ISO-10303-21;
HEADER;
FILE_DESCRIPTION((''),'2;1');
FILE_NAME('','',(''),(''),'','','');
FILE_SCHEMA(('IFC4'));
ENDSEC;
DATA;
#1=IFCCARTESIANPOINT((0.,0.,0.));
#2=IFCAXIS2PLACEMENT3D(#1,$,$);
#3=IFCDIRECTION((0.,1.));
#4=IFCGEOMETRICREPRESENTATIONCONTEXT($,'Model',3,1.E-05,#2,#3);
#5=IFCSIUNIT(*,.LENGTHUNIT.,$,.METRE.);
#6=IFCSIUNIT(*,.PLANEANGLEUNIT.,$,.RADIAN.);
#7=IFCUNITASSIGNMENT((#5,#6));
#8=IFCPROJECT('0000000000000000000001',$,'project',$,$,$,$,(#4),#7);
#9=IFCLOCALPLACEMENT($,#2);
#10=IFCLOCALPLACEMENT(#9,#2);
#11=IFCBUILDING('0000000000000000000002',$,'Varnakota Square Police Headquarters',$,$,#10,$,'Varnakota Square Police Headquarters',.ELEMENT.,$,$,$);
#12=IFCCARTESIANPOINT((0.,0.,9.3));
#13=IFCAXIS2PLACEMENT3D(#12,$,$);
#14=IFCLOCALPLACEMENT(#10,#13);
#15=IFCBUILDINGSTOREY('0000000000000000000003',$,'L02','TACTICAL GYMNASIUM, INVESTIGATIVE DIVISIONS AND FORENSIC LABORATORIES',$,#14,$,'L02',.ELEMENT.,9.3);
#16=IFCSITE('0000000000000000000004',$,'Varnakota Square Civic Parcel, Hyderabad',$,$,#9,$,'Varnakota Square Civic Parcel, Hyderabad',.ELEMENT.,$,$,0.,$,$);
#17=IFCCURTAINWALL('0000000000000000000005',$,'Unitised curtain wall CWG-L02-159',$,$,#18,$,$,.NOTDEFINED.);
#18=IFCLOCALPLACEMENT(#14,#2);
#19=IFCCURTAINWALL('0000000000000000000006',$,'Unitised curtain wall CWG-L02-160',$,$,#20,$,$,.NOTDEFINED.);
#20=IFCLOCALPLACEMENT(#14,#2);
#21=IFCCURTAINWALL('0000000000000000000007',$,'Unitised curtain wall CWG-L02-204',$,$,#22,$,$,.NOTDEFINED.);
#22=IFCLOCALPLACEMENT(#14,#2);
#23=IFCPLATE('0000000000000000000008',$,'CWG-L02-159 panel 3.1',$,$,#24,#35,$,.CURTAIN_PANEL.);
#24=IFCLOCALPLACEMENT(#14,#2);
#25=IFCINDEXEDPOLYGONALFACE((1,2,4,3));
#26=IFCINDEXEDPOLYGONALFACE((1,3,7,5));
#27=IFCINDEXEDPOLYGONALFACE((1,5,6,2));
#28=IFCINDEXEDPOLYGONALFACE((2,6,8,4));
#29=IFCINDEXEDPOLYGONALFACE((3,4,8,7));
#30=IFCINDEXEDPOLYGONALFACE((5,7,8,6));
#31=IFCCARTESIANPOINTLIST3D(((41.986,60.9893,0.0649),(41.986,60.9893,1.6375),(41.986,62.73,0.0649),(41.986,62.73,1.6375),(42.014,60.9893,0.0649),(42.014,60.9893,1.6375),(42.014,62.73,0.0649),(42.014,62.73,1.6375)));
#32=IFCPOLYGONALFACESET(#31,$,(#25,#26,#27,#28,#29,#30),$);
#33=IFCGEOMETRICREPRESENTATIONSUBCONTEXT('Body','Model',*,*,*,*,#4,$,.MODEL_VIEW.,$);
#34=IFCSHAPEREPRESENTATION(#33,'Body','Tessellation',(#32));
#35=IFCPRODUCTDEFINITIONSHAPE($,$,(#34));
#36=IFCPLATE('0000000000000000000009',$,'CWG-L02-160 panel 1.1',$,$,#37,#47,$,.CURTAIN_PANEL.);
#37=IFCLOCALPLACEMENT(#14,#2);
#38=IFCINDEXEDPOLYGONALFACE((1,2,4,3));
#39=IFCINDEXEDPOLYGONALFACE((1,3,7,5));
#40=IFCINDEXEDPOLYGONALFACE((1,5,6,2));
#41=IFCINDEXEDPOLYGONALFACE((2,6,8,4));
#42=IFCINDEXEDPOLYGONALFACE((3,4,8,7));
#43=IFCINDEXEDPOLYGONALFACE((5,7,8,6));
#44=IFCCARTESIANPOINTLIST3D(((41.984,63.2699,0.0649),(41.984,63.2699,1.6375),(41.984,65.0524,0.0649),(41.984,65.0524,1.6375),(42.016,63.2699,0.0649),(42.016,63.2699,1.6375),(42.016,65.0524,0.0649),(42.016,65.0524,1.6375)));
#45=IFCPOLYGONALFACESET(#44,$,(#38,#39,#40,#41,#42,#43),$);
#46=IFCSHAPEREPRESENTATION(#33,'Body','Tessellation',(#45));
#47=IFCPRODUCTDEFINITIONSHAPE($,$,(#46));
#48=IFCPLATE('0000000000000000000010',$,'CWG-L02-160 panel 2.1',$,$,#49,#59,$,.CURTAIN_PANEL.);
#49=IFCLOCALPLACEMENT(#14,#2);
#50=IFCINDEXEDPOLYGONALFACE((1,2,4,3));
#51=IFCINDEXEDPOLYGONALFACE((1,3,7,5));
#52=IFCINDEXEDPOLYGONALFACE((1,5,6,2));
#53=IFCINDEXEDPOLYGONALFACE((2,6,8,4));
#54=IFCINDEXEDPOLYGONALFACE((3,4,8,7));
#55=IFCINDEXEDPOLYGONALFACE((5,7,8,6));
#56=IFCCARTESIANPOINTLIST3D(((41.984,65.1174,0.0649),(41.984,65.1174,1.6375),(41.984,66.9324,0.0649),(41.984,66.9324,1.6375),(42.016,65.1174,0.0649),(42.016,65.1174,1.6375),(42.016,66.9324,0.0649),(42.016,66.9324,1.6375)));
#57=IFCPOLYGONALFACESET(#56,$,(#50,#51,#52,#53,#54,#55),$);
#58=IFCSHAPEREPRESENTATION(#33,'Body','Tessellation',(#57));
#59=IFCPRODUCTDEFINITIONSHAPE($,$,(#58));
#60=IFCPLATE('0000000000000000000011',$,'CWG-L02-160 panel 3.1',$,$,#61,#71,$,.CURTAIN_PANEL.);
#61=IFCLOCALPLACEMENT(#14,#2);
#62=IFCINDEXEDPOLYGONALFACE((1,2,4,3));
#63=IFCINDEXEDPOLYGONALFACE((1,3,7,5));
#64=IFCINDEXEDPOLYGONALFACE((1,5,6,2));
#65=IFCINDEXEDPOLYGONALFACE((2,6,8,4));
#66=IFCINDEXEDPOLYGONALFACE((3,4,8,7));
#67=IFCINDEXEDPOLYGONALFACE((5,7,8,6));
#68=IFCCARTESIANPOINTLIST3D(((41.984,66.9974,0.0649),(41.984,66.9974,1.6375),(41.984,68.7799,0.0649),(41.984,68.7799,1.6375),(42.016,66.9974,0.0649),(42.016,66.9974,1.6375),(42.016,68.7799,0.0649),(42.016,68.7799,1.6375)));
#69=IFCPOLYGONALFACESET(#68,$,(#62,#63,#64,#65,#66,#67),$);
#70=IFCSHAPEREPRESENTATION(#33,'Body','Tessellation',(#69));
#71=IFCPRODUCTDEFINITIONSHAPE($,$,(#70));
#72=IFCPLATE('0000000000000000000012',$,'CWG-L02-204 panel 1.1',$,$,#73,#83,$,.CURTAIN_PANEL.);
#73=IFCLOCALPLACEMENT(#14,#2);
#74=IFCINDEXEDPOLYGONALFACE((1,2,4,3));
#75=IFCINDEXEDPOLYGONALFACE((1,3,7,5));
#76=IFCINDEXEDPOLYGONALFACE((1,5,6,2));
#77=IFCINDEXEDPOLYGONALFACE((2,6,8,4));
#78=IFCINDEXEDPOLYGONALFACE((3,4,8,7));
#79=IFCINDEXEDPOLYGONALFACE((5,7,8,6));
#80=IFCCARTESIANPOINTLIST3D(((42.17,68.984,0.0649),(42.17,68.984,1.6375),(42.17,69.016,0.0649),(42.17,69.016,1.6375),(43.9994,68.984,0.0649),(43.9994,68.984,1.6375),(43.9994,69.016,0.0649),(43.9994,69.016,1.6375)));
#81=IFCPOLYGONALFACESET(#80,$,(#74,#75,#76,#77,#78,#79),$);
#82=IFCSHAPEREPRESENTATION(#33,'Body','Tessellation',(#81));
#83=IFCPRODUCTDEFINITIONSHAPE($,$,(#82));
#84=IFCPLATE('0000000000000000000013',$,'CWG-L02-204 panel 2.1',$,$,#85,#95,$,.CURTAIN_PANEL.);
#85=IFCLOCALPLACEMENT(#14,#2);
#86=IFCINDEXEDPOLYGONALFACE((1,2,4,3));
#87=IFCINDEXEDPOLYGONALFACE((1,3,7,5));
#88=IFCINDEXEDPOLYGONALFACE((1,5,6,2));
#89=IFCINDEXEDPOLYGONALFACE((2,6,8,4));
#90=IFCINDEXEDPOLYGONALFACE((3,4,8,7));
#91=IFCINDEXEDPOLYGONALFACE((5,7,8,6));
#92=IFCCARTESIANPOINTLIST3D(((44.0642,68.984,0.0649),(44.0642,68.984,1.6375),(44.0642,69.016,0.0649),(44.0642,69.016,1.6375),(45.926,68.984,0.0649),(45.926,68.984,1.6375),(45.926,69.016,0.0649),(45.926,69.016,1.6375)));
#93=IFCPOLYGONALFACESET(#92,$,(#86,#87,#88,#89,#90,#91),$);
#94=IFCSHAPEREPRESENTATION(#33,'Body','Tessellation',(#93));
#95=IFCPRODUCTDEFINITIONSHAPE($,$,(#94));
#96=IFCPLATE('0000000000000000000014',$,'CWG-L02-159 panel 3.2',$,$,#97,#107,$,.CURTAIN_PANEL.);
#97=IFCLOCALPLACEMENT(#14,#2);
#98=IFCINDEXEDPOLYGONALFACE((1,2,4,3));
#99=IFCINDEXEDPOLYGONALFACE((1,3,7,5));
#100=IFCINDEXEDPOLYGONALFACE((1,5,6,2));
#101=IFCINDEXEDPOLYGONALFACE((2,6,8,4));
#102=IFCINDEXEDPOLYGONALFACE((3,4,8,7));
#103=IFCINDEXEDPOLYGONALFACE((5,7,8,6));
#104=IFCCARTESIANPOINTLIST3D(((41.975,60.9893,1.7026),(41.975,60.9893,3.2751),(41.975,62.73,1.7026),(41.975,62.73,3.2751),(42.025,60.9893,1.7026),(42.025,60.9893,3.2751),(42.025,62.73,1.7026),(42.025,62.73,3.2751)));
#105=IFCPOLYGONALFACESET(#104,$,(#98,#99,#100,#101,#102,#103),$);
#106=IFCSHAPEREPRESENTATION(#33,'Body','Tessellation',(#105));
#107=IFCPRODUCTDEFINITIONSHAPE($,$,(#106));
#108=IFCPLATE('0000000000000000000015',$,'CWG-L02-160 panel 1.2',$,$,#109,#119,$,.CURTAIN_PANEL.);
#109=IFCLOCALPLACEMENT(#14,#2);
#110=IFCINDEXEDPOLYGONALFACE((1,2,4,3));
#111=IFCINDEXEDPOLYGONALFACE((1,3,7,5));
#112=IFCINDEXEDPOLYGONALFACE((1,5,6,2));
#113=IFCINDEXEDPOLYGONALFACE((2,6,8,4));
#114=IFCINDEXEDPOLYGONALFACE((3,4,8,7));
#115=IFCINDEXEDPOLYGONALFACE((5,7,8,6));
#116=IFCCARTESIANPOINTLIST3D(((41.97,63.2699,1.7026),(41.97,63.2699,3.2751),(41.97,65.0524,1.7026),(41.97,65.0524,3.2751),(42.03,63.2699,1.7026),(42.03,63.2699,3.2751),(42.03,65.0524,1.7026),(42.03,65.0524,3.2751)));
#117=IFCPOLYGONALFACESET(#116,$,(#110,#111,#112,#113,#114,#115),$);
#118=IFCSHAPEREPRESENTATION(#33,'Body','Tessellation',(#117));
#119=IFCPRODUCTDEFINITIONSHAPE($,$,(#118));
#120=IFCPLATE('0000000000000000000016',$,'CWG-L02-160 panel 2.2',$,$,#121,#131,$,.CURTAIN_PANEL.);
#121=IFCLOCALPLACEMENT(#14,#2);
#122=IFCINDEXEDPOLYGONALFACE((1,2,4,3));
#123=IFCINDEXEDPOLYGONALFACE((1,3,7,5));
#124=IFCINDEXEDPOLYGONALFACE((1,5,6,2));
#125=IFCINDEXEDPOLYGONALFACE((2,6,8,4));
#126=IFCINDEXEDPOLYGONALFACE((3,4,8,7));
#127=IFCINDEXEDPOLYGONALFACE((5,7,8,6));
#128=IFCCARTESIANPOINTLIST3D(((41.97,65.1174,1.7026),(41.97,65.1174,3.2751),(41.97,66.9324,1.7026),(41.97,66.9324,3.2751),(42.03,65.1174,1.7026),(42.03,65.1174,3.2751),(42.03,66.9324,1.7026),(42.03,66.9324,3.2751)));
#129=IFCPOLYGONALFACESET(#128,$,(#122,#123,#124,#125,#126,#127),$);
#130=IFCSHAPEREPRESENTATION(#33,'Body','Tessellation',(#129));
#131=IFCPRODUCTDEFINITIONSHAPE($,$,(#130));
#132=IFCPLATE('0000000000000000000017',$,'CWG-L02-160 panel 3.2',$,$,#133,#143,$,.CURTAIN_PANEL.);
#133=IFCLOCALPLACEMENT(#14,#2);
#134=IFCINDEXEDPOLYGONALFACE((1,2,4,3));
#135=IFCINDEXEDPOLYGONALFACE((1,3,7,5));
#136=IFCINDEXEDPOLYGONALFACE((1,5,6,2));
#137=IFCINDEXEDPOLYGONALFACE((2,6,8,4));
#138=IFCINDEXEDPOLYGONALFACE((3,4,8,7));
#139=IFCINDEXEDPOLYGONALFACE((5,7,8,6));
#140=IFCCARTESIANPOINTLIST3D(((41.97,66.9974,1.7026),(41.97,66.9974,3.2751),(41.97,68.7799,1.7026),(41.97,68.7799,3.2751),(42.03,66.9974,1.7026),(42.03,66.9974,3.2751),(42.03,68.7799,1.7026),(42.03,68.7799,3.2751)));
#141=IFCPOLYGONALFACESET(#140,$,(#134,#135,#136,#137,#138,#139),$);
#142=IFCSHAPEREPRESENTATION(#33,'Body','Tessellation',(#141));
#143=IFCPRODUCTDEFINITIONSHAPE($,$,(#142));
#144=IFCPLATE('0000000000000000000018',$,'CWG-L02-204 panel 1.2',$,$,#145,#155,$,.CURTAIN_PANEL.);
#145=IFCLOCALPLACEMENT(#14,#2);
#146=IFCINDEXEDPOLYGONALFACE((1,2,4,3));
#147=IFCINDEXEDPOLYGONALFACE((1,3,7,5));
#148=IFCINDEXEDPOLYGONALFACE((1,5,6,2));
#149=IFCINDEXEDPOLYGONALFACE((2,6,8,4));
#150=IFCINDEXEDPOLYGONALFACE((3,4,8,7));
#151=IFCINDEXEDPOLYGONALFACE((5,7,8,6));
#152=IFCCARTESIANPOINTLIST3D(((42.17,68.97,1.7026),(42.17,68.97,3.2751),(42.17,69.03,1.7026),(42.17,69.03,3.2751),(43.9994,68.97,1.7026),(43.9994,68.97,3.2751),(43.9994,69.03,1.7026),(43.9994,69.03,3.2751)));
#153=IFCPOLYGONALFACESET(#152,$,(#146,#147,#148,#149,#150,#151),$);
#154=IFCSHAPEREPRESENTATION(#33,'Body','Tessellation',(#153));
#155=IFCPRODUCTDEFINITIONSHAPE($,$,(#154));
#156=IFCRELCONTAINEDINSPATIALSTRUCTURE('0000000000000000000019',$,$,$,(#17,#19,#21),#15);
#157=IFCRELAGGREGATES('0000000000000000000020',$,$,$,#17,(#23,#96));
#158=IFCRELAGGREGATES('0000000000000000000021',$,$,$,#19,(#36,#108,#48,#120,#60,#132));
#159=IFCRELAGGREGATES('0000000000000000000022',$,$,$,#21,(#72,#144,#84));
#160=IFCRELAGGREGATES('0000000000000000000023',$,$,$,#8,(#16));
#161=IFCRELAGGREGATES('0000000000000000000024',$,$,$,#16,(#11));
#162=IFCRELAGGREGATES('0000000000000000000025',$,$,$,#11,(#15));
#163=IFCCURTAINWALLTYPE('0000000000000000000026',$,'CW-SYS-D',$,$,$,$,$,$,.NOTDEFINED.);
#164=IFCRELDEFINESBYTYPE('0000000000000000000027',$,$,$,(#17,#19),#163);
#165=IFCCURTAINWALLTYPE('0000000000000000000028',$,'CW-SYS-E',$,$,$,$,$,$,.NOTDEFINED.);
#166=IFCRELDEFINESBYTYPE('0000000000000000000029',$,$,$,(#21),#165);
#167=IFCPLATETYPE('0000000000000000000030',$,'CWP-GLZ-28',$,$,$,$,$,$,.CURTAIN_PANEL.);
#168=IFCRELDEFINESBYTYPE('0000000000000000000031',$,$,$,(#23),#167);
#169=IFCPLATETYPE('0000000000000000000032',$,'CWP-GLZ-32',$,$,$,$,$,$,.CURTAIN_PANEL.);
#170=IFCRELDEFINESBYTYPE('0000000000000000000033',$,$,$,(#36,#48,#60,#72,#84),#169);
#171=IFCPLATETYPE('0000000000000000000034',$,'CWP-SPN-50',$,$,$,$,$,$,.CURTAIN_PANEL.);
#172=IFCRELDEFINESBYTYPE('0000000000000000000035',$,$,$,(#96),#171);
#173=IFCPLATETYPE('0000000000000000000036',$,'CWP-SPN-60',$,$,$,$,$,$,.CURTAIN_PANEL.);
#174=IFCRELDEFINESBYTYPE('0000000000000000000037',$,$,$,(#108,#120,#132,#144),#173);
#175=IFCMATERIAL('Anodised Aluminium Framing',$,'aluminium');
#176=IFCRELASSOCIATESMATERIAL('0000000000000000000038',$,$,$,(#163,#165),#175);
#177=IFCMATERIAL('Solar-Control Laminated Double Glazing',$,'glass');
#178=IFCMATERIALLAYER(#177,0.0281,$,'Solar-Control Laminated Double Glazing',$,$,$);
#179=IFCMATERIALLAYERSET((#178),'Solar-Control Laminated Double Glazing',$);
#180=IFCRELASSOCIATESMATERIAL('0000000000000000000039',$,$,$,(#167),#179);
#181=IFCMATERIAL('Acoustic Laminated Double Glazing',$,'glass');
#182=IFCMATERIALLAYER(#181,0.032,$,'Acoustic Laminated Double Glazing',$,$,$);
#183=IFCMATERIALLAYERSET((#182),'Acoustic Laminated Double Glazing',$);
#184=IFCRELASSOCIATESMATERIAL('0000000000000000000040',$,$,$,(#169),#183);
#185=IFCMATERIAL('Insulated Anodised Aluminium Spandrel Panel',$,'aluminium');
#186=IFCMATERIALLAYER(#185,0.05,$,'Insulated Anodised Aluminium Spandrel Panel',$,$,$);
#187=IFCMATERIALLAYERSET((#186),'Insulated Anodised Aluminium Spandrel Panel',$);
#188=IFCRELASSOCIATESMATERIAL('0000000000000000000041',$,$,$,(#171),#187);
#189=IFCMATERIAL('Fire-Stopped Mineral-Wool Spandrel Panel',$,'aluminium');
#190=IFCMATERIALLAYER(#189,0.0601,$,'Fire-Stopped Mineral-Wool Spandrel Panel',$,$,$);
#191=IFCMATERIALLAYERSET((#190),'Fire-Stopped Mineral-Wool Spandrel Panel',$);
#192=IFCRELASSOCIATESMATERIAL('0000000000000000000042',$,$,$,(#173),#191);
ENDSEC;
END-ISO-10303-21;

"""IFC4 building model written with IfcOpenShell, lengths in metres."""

from ifc_helpers import new_model, si_unit, direction, frame, origin, origin_2d, place, context, subcontext, project, spatial, rectangle, extrude, material, layer, layer_set, type_object, element, aggregate, save


model = new_model("IFC4")

# Units and contexts
model_context = context("Model", 3, precision=1e-05, world=origin(), true_north=direction((0.0, 1.0)))
body_context = subcontext(model_context, "Body", "Model", "MODEL_VIEW")
ifc_project = project(units=[si_unit("LENGTHUNIT", "METRE"), si_unit("PLANEANGLEUNIT", "RADIAN")], contexts=[model_context])

# Site, building, storey
site_placement = place(None, origin())
site = spatial("IfcSite", under=ifc_project, at=site_placement, Name="Varnakota Square Civic Parcel, Hyderabad", LongName="Varnakota Square Civic Parcel, Hyderabad", CompositionType="ELEMENT", RefElevation=0.0)
building_placement = place(site_placement, origin())
building = spatial("IfcBuilding", under=site, at=building_placement, Name="Varnakota Square Police Headquarters", LongName="Varnakota Square Police Headquarters", CompositionType="ELEMENT")
storey_placement = place(building_placement, frame((0.0, 0.0, 9.3)))
storey = spatial("IfcBuildingStorey", under=building, at=storey_placement, Name="L02", Description="TACTICAL GYMNASIUM, INVESTIGATIVE DIVISIONS AND FORENSIC LABORATORIES", LongName="L02", CompositionType="ELEMENT", Elevation=9.3)

# Curtain wall
ifc_material_1 = material(Name="Anodised Aluminium Framing", Category="aluminium")
curtain_wall_type_1 = type_object("IfcCurtainWallType", Name="CW-SYS-D", PredefinedType="NOTDEFINED", material=ifc_material_1)
curtain_wall_1_placement = place(storey_placement, origin())
curtain_wall_1 = element("IfcCurtainWall", 1, at=curtain_wall_1_placement, inside=storey, type_object=curtain_wall_type_1, Name="Unitised curtain wall CWG-L02-159", PredefinedType="NOTDEFINED")

# Curtain walls
curtain_wall_2_placement = place(storey_placement, origin())
curtain_wall_2 = element("IfcCurtainWall", 2, at=curtain_wall_2_placement, inside=storey, type_object=curtain_wall_type_1, Name="Unitised curtain wall CWG-L02-160", PredefinedType="NOTDEFINED")
curtain_wall_type_2 = type_object("IfcCurtainWallType", Name="CW-SYS-E", PredefinedType="NOTDEFINED", material=ifc_material_1)
curtain_wall_3_placement = place(storey_placement, origin())
curtain_wall_3 = element("IfcCurtainWall", 3, at=curtain_wall_3_placement, inside=storey, type_object=curtain_wall_type_2, Name="Unitised curtain wall CWG-L02-204", PredefinedType="NOTDEFINED")

# Plates
ifc_material_2 = material(Name="Solar-Control Laminated Double Glazing", Category="glass")
ifc_layer_1 = layer(ifc_material_2, 0.0281, Name="Solar-Control Laminated Double Glazing")
ifc_layer_set_1 = layer_set([ifc_layer_1], Name="Solar-Control Laminated Double Glazing")
plate_type_1 = type_object("IfcPlateType", Name="CWP-GLZ-28", PredefinedType="CURTAIN_PANEL", material=ifc_layer_set_1)
plate_1_placement = place(storey_placement, frame((42.0, 61.8596, 0.0649), z_axis=(0.0, 0.0, 1.0), x_axis=(0.0, 1.0, 0.0)))
plate_1 = element("IfcPlate", 4, at=plate_1_placement, type_object=plate_type_1, Name="CWG-L02-159 panel 3.1", PredefinedType="CURTAIN_PANEL", context=body_context, shape_type="SweptSolid", body=[
    extrude(rectangle(XDim=1.7407, YDim=0.0281, at=origin_2d()), origin(), (0.0, 0.0, 1.0), 1.5725),
])
ifc_material_3 = material(Name="Acoustic Laminated Double Glazing", Category="glass")
ifc_layer_2 = layer(ifc_material_3, 0.032, Name="Acoustic Laminated Double Glazing")
ifc_layer_set_2 = layer_set([ifc_layer_2], Name="Acoustic Laminated Double Glazing")
plate_type_2 = type_object("IfcPlateType", Name="CWP-GLZ-32", PredefinedType="CURTAIN_PANEL", material=ifc_layer_set_2)
plate_2_placement = place(storey_placement, frame((42.0, 64.1611, 0.0649), z_axis=(0.0, 0.0, 1.0), x_axis=(0.0, 1.0, 0.0)))
plate_2 = element("IfcPlate", 5, at=plate_2_placement, type_object=plate_type_2, Name="CWG-L02-160 panel 1.1", PredefinedType="CURTAIN_PANEL", context=body_context, shape_type="SweptSolid", body=[
    extrude(rectangle(XDim=1.7825, YDim=0.032, at=origin_2d()), origin(), (0.0, 0.0, 1.0), 1.5725),
])
plate_3_placement = place(storey_placement, frame((42.0, 66.0249, 0.0649), z_axis=(0.0, 0.0, 1.0), x_axis=(0.0, 1.0, 0.0)))
plate_3 = element("IfcPlate", 6, at=plate_3_placement, type_object=plate_type_2, Name="CWG-L02-160 panel 2.1", PredefinedType="CURTAIN_PANEL", context=body_context, shape_type="SweptSolid", body=[
    extrude(rectangle(XDim=1.8149, YDim=0.032, at=origin_2d()), origin(), (0.0, 0.0, 1.0), 1.5725),
])
plate_4_placement = place(storey_placement, frame((42.0, 67.8887, 0.0649), z_axis=(0.0, 0.0, 1.0), x_axis=(0.0, 1.0, 0.0)))
plate_4 = element("IfcPlate", 7, at=plate_4_placement, type_object=plate_type_2, Name="CWG-L02-160 panel 3.1", PredefinedType="CURTAIN_PANEL", context=body_context, shape_type="SweptSolid", body=[
    extrude(rectangle(XDim=1.7825, YDim=0.032, at=origin_2d()), origin(), (0.0, 0.0, 1.0), 1.5725),
])
plate_5_placement = place(storey_placement, frame((43.0847, 69.0, 0.0649), z_axis=(0.0, 0.0, 1.0), x_axis=(1.0, 0.0, 0.0)))
plate_5 = element("IfcPlate", 8, at=plate_5_placement, type_object=plate_type_2, Name="CWG-L02-204 panel 1.1", PredefinedType="CURTAIN_PANEL", context=body_context, shape_type="SweptSolid", body=[
    extrude(rectangle(XDim=1.8293, YDim=0.032, at=origin_2d()), origin(), (0.0, 0.0, 1.0), 1.5725),
])
plate_6_placement = place(storey_placement, frame((44.9951, 69.0, 0.0649), z_axis=(0.0, 0.0, 1.0), x_axis=(1.0, 0.0, 0.0)))
plate_6 = element("IfcPlate", 9, at=plate_6_placement, type_object=plate_type_2, Name="CWG-L02-204 panel 2.1", PredefinedType="CURTAIN_PANEL", context=body_context, shape_type="SweptSolid", body=[
    extrude(rectangle(XDim=1.8618, YDim=0.032, at=origin_2d()), origin(), (0.0, 0.0, 1.0), 1.5725),
])
ifc_material_4 = material(Name="Insulated Anodised Aluminium Spandrel Panel", Category="aluminium")
ifc_layer_3 = layer(ifc_material_4, 0.05, Name="Insulated Anodised Aluminium Spandrel Panel")
ifc_layer_set_3 = layer_set([ifc_layer_3], Name="Insulated Anodised Aluminium Spandrel Panel")
plate_type_3 = type_object("IfcPlateType", Name="CWP-SPN-50", PredefinedType="CURTAIN_PANEL", material=ifc_layer_set_3)
plate_7_placement = place(storey_placement, frame((42.0, 61.8596, 1.7026), z_axis=(0.0, 0.0, 1.0), x_axis=(0.0, 1.0, 0.0)))
plate_7 = element("IfcPlate", 10, at=plate_7_placement, type_object=plate_type_3, Name="CWG-L02-159 panel 3.2", PredefinedType="CURTAIN_PANEL", context=body_context, shape_type="SweptSolid", body=[
    extrude(rectangle(XDim=1.7407, YDim=0.05, at=origin_2d()), origin(), (0.0, 0.0, 1.0), 1.5725),
])
aggregate(curtain_wall_1, [plate_1, plate_7])
ifc_material_5 = material(Name="Fire-Stopped Mineral-Wool Spandrel Panel", Category="aluminium")
ifc_layer_4 = layer(ifc_material_5, 0.0601, Name="Fire-Stopped Mineral-Wool Spandrel Panel")
ifc_layer_set_4 = layer_set([ifc_layer_4], Name="Fire-Stopped Mineral-Wool Spandrel Panel")
plate_type_4 = type_object("IfcPlateType", Name="CWP-SPN-60", PredefinedType="CURTAIN_PANEL", material=ifc_layer_set_4)
plate_8_placement = place(storey_placement, frame((42.0, 64.1611, 1.7026), z_axis=(0.0, 0.0, 1.0), x_axis=(0.0, 1.0, 0.0)))
plate_8 = element("IfcPlate", 11, at=plate_8_placement, type_object=plate_type_4, Name="CWG-L02-160 panel 1.2", PredefinedType="CURTAIN_PANEL", context=body_context, shape_type="SweptSolid", body=[
    extrude(rectangle(XDim=1.7825, YDim=0.0601, at=origin_2d()), origin(), (0.0, 0.0, 1.0), 1.5725),
])
plate_9_placement = place(storey_placement, frame((42.0, 66.0249, 1.7026), z_axis=(0.0, 0.0, 1.0), x_axis=(0.0, 1.0, 0.0)))
plate_9 = element("IfcPlate", 12, at=plate_9_placement, type_object=plate_type_4, Name="CWG-L02-160 panel 2.2", PredefinedType="CURTAIN_PANEL", context=body_context, shape_type="SweptSolid", body=[
    extrude(rectangle(XDim=1.8149, YDim=0.0601, at=origin_2d()), origin(), (0.0, 0.0, 1.0), 1.5725),
])
plate_10_placement = place(storey_placement, frame((42.0, 67.8887, 1.7026), z_axis=(0.0, 0.0, 1.0), x_axis=(0.0, 1.0, 0.0)))
plate_10 = element("IfcPlate", 13, at=plate_10_placement, type_object=plate_type_4, Name="CWG-L02-160 panel 3.2", PredefinedType="CURTAIN_PANEL", context=body_context, shape_type="SweptSolid", body=[
    extrude(rectangle(XDim=1.7825, YDim=0.0601, at=origin_2d()), origin(), (0.0, 0.0, 1.0), 1.5725),
])
aggregate(curtain_wall_2, [plate_2, plate_8, plate_3, plate_9, plate_4, plate_10])
plate_11_placement = place(storey_placement, frame((43.0847, 69.0, 1.7026), z_axis=(0.0, 0.0, 1.0), x_axis=(1.0, 0.0, 0.0)))
plate_11 = element("IfcPlate", 14, at=plate_11_placement, type_object=plate_type_4, Name="CWG-L02-204 panel 1.2", PredefinedType="CURTAIN_PANEL", context=body_context, shape_type="SweptSolid", body=[
    extrude(rectangle(XDim=1.8293, YDim=0.0601, at=origin_2d()), origin(), (0.0, 0.0, 1.0), 1.5725),
])
aggregate(curtain_wall_3, [plate_5, plate_11, plate_6])

save(model, "model.ifc")
